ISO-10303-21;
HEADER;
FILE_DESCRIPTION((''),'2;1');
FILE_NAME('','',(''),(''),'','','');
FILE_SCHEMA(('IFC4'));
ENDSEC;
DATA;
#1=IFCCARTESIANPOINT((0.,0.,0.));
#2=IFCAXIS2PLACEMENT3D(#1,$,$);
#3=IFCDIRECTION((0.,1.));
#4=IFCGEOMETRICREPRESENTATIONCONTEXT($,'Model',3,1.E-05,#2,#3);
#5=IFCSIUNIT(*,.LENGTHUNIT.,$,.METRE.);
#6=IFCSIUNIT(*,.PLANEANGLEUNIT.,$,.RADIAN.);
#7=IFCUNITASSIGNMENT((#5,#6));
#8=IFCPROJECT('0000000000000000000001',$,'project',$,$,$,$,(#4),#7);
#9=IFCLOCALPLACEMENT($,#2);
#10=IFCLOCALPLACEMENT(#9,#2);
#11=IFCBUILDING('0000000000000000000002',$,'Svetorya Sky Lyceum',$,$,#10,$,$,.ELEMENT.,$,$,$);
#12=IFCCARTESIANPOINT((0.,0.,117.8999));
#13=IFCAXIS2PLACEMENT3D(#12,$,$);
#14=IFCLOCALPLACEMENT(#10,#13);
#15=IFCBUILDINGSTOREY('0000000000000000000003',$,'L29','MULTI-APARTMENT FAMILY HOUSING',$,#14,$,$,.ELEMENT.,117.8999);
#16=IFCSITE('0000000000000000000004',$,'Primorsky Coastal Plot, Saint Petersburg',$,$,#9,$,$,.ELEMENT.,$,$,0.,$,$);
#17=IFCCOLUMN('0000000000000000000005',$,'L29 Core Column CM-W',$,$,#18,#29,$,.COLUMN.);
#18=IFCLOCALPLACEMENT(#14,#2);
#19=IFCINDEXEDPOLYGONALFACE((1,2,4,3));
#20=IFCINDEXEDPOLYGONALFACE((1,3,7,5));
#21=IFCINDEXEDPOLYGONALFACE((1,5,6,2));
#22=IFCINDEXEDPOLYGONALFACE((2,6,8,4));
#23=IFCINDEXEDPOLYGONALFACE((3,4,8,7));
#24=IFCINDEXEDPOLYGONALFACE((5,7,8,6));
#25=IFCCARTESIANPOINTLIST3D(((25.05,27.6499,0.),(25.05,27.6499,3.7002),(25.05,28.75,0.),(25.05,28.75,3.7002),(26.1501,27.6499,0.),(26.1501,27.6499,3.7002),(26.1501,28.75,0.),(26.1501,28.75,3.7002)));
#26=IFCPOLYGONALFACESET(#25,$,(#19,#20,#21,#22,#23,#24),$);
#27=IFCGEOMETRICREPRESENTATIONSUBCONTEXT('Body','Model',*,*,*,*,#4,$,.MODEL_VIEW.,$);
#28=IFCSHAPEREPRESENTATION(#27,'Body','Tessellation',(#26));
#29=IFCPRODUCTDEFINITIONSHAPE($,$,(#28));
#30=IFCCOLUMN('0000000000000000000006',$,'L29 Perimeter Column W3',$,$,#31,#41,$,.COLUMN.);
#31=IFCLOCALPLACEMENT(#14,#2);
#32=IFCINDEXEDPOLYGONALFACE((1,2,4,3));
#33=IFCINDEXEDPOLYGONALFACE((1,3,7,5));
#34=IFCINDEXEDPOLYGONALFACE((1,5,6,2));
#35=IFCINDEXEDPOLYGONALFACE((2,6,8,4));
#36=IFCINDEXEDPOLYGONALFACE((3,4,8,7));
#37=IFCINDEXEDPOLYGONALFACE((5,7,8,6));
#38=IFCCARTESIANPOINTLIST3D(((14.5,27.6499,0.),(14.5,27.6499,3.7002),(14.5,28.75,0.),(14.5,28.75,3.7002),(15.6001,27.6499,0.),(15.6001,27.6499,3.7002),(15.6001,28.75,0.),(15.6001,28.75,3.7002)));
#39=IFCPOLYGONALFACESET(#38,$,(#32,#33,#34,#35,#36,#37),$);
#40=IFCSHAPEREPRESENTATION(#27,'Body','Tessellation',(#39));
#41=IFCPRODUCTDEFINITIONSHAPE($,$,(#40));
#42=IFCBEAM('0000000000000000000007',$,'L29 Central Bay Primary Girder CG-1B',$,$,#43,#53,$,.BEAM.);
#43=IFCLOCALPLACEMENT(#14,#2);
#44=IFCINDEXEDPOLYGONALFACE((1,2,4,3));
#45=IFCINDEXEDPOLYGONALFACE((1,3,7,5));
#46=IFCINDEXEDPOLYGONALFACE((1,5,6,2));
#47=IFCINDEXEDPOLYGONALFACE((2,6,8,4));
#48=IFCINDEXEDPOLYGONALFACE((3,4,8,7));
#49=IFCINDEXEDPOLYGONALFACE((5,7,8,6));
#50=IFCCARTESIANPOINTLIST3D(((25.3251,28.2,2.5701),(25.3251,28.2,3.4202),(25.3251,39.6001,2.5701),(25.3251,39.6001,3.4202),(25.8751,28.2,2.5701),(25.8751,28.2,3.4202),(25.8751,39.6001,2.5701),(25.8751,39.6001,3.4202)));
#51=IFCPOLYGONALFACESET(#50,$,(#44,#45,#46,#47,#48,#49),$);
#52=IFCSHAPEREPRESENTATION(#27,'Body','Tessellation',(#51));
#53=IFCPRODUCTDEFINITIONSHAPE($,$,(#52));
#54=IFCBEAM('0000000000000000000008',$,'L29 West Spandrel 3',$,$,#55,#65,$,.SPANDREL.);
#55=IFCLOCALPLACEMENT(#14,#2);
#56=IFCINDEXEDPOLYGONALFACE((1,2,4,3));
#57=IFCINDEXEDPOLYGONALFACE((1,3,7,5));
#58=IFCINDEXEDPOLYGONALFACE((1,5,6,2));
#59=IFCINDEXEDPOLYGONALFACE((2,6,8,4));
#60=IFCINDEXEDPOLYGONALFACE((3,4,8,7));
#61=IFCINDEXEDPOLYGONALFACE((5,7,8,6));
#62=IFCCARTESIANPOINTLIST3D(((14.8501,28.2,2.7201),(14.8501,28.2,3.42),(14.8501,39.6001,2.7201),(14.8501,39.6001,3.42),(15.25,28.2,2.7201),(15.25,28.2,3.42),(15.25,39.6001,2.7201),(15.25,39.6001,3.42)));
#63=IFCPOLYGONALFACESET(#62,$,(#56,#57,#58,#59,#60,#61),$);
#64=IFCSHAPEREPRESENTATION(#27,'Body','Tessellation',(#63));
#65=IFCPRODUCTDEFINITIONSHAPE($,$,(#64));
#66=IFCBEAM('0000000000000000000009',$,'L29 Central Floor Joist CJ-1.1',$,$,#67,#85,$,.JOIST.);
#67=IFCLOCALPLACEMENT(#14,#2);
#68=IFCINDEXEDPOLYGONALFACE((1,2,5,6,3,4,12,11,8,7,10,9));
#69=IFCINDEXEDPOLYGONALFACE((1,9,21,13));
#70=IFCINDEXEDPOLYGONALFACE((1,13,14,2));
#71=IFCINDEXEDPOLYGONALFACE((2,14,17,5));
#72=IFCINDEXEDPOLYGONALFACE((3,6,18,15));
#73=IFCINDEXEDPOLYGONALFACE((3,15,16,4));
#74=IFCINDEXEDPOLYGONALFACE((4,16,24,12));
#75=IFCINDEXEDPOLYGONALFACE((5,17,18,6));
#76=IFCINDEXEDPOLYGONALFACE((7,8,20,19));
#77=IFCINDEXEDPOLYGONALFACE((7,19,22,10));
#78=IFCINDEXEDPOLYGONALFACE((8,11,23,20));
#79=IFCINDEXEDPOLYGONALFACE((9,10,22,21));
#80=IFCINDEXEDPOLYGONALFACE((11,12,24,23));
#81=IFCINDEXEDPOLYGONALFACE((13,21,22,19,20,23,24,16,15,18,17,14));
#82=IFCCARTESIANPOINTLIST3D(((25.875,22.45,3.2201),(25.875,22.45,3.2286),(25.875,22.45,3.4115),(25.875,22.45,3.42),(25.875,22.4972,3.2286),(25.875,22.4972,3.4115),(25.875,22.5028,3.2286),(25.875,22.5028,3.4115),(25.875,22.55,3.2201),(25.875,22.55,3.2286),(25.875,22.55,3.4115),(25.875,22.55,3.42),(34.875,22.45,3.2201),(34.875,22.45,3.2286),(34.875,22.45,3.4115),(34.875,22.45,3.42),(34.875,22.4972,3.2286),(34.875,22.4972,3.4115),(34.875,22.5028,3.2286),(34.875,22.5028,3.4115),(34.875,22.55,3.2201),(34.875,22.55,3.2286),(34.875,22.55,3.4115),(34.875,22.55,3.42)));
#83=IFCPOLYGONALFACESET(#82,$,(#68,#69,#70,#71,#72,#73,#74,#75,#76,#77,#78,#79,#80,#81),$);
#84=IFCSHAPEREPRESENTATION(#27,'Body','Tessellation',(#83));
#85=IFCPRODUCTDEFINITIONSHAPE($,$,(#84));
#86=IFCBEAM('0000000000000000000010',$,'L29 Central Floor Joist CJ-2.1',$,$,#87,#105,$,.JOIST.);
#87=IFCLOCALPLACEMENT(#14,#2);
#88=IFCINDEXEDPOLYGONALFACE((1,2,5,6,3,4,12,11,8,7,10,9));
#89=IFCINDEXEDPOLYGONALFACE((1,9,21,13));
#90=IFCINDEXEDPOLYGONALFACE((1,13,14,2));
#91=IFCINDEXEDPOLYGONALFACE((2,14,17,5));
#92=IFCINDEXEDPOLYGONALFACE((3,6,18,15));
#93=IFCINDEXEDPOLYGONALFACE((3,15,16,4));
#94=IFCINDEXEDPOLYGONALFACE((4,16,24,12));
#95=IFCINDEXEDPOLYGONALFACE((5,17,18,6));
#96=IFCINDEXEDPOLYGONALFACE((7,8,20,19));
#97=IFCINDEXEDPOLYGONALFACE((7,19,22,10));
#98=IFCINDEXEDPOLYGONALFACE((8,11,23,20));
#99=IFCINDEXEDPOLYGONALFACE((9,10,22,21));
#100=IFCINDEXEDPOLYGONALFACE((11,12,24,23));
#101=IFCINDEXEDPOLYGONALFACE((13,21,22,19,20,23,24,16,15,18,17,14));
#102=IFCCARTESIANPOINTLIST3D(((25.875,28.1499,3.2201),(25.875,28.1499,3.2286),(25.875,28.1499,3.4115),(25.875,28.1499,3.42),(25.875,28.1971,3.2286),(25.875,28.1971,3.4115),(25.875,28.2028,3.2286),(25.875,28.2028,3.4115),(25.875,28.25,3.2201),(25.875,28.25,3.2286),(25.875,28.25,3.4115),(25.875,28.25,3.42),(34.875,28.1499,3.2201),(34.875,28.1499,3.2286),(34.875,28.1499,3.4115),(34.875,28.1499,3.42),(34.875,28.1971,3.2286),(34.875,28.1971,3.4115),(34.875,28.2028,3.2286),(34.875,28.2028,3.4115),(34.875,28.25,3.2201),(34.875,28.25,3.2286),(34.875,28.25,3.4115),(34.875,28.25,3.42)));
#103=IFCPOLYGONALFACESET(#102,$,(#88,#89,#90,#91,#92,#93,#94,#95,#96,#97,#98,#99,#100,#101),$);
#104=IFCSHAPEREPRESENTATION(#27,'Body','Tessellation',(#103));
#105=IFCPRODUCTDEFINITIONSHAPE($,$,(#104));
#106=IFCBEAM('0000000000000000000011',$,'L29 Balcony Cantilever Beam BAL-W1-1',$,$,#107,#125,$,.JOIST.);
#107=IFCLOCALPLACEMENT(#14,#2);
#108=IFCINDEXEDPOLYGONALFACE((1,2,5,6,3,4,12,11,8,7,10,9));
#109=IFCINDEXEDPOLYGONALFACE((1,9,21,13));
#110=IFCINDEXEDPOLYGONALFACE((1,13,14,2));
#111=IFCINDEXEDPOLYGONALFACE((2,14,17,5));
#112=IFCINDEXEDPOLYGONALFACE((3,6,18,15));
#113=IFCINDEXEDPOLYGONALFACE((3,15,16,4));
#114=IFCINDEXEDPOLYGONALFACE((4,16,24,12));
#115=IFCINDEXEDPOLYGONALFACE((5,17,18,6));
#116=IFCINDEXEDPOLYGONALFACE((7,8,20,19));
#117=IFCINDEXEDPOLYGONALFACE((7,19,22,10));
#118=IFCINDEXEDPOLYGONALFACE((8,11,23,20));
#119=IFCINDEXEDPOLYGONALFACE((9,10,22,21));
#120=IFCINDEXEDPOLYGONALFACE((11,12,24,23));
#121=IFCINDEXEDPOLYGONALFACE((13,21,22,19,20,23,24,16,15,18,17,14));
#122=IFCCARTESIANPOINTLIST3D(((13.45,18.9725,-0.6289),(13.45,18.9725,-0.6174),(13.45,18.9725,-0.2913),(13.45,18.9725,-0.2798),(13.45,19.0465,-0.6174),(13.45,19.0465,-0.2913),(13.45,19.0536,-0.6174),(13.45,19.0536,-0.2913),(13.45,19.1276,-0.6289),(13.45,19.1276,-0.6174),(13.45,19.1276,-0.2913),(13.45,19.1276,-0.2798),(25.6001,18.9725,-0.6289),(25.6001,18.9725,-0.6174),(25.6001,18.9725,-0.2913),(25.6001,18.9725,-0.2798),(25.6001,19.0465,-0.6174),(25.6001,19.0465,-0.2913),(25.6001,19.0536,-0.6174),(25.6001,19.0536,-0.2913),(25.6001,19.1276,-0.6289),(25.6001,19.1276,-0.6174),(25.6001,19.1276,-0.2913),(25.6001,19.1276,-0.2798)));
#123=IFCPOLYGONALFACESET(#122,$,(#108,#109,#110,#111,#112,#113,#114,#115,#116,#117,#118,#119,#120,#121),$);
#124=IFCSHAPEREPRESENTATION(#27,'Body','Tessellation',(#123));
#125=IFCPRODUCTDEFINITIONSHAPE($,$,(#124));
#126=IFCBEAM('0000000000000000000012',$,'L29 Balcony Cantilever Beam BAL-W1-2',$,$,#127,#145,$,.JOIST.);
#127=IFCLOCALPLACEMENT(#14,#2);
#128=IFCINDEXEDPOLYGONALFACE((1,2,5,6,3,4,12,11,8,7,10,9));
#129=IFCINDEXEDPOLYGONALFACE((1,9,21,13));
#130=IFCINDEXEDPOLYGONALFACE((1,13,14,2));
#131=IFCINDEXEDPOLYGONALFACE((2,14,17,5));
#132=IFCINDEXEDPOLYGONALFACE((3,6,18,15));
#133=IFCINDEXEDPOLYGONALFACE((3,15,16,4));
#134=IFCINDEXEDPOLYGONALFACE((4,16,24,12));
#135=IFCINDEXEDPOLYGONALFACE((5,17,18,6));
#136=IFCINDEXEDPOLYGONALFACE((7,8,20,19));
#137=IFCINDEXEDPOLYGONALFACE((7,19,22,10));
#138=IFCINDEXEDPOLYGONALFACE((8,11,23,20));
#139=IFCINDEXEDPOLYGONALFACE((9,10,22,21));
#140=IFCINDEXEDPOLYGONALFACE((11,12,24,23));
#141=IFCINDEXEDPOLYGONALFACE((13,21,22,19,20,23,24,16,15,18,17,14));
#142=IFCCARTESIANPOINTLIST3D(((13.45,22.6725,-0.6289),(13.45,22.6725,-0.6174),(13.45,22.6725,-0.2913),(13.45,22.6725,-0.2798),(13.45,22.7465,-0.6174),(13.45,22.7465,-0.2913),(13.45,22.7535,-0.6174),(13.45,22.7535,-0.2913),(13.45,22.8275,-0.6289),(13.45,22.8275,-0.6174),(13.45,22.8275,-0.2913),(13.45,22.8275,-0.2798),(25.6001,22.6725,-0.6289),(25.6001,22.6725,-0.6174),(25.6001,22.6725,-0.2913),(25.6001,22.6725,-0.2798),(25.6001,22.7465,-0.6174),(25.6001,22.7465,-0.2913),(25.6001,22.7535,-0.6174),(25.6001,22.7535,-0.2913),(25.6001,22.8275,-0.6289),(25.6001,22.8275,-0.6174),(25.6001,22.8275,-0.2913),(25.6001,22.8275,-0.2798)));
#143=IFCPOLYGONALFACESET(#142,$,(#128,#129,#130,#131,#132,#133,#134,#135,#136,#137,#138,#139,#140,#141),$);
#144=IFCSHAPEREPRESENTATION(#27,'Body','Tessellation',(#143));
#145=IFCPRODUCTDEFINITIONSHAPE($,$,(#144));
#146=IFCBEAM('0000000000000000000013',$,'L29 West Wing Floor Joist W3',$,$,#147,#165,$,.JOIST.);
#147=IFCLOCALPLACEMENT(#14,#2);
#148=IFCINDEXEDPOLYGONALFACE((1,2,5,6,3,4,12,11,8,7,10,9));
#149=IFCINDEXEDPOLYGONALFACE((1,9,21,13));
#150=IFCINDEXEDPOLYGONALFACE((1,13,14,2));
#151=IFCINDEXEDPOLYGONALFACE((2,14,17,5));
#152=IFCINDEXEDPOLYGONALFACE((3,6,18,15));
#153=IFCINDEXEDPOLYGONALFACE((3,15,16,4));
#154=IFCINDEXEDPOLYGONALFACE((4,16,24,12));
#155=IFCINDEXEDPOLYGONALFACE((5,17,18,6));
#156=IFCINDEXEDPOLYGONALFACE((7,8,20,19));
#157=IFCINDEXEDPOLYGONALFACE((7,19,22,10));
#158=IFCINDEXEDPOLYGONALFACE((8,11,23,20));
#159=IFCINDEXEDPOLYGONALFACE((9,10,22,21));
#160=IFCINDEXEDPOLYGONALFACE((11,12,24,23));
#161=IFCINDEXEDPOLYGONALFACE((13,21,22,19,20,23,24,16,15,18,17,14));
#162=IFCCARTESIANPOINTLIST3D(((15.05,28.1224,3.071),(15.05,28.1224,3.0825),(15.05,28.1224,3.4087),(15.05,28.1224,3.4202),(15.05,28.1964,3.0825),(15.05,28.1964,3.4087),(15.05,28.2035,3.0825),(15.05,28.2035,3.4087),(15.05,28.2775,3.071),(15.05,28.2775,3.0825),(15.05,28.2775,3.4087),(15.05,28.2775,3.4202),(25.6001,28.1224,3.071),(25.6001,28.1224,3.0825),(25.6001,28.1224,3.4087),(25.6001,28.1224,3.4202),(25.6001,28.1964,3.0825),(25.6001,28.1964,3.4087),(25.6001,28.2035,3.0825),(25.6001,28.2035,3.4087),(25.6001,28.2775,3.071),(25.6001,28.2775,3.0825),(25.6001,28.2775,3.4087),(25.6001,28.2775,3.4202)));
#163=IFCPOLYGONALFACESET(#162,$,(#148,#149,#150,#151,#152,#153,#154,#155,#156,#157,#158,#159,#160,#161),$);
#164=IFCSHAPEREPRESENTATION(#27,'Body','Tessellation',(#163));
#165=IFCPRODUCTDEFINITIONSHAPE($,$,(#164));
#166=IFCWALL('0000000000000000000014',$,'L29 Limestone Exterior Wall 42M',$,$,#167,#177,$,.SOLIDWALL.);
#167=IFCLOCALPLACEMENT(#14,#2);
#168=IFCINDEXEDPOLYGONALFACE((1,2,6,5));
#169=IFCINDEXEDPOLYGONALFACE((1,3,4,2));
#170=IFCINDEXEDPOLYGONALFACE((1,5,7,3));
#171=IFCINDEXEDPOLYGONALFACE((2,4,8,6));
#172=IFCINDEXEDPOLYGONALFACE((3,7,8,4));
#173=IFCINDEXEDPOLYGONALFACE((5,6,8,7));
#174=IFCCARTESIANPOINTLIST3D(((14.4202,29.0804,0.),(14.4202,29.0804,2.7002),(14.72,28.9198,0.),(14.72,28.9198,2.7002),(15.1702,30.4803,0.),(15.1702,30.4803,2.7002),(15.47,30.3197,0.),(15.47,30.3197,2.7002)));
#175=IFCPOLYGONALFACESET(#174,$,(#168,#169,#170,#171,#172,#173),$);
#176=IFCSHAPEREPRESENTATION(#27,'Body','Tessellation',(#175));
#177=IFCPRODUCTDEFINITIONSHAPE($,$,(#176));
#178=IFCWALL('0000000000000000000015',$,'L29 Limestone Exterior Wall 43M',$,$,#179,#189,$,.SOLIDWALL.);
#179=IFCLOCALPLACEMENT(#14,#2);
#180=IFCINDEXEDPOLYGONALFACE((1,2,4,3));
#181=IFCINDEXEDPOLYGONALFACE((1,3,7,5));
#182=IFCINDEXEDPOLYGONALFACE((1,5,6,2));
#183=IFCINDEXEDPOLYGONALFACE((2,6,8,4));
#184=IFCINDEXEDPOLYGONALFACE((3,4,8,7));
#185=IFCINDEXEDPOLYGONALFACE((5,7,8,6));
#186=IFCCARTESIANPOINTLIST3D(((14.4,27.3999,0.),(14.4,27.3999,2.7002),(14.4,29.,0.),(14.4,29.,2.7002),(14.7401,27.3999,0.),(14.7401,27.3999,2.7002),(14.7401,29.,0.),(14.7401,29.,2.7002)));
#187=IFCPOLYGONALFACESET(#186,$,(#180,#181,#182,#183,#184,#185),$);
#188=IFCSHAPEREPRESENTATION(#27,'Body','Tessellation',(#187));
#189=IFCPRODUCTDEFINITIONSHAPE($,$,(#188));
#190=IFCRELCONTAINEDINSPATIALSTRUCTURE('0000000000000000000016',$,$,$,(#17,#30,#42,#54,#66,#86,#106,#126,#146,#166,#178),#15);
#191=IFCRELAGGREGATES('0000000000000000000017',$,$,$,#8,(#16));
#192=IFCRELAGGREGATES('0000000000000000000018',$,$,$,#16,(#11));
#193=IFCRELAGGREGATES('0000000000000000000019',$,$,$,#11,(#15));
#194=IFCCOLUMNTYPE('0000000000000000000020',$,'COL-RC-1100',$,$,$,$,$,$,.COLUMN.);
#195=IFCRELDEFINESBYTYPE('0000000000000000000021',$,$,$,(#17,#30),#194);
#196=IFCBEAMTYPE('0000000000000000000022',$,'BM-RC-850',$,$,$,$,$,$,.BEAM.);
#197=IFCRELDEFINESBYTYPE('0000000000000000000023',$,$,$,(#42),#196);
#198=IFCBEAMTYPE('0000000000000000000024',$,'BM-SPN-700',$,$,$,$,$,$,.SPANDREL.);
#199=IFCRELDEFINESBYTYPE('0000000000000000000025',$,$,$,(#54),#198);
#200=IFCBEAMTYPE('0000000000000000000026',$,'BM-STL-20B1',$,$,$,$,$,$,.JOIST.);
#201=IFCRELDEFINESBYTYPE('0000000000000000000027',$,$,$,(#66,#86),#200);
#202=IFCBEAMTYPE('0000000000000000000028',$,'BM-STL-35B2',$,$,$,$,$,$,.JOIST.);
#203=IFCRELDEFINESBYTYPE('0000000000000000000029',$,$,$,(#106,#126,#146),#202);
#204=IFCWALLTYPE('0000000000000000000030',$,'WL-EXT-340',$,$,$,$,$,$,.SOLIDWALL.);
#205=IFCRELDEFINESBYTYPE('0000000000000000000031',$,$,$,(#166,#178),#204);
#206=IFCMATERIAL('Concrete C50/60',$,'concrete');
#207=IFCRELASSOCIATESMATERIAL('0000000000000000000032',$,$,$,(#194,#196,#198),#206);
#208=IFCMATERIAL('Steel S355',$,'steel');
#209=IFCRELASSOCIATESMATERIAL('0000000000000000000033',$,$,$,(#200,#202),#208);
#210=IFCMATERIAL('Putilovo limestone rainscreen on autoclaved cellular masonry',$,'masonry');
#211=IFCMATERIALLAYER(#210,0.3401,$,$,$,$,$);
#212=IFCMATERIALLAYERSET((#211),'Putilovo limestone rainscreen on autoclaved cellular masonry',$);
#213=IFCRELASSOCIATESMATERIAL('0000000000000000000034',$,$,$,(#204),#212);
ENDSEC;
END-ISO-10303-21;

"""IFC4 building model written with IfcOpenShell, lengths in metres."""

from ifc_helpers import new_model, si_unit, direction, frame, frame_2d, origin, origin_2d, place, context, subcontext, project, spatial, rectangle, i_section, extrude, material, layer, layer_set, material_profile, profile_set, type_object, element, save


model = new_model("IFC4")

# Units and contexts
model_context = context("Model", 3, precision=1e-05, world=origin(), true_north=direction((0.0, 1.0)))
body_context = subcontext(model_context, "Body", "Model", "MODEL_VIEW")
ifc_project = project(units=[si_unit("LENGTHUNIT", "METRE"), si_unit("PLANEANGLEUNIT", "RADIAN")], contexts=[model_context])

# Site, building, storey
site_placement = place(None, origin())
site = spatial("IfcSite", under=ifc_project, at=site_placement, Name="Primorsky Coastal Plot, Saint Petersburg", CompositionType="ELEMENT", RefElevation=0.0)
building_placement = place(site_placement, origin())
building = spatial("IfcBuilding", under=site, at=building_placement, Name="Svetorya Sky Lyceum", CompositionType="ELEMENT")
storey_placement = place(building_placement, frame((0.0, 0.0, 117.8999)))
storey = spatial("IfcBuildingStorey", under=building, at=storey_placement, Name="L29", Description="MULTI-APARTMENT FAMILY HOUSING", CompositionType="ELEMENT", Elevation=117.8999)

# Columns
ifc_material_1 = material(Name="Concrete C50/60", Category="concrete")
ifc_material_profile_1 = material_profile(ifc_material_1, rectangle(XDim=1.1001, YDim=1.1001, at=origin_2d()), Name="RC COL 1100x1100")
ifc_profile_set_1 = profile_set([ifc_material_profile_1], Name="Concrete C50/60")
column_type = type_object("IfcColumnType", Name="COL-RC-1100", PredefinedType="COLUMN", material=ifc_profile_set_1)
for number, where, z_axis, x_axis, name in (
    (1, (25.6001, 28.2, 0.0), (0.0, 0.0, 1.0), (1.0, 0.0, 0.0), "L29 Core Column CM-W"),
    (2, (15.05, 28.2, 0.0), (0.0, 0.0, 1.0), (1.0, 0.0, 0.0), "L29 Perimeter Column W3"),
):
    element("IfcColumn", number, at=place(storey_placement, frame(where, z_axis=z_axis, x_axis=x_axis)), inside=storey, type_object=column_type, Name=name, PredefinedType="COLUMN", context=body_context, shape_type="SweptSolid", body=[
        extrude(rectangle(XDim=1.1001, YDim=1.1001, at=origin_2d()), origin(), (0.0, 0.0, 1.0), 3.7002),
    ])

# Beams
ifc_material_profile_2 = material_profile(ifc_material_1, rectangle(XDim=0.55, YDim=0.8501, at=origin_2d()), Name="RC BEAM 550x850")
ifc_profile_set_2 = profile_set([ifc_material_profile_2], Name="Concrete C50/60")
beam_type_1 = type_object("IfcBeamType", Name="BM-RC-850", PredefinedType="BEAM", material=ifc_profile_set_2)
beam_1_placement = place(storey_placement, frame((25.6001, 28.2, 2.9951), z_axis=(0.0, 1.0, 0.0), x_axis=(-1.0, 0.0, 0.0)))
element("IfcBeam", 3, at=beam_1_placement, inside=storey, type_object=beam_type_1, Name="L29 Central Bay Primary Girder CG-1B", PredefinedType="BEAM", context=body_context, shape_type="SweptSolid", body=[
    extrude(rectangle(XDim=0.55, YDim=0.8501, at=origin_2d()), origin(), (0.0, 0.0, 1.0), 11.4001),
])
ifc_material_profile_3 = material_profile(ifc_material_1, rectangle(XDim=0.3999, YDim=0.7, at=origin_2d()), Name="RC SPANDREL 400x700")
ifc_profile_set_3 = profile_set([ifc_material_profile_3], Name="Concrete C50/60")
beam_type_2 = type_object("IfcBeamType", Name="BM-SPN-700", PredefinedType="SPANDREL", material=ifc_profile_set_3)
beam_2_placement = place(storey_placement, frame((15.05, 28.2, 3.0701), z_axis=(0.0, 1.0, 0.0), x_axis=(-1.0, 0.0, 0.0)))
element("IfcBeam", 4, at=beam_2_placement, inside=storey, type_object=beam_type_2, Name="L29 West Spandrel 3", PredefinedType="SPANDREL", context=body_context, shape_type="SweptSolid", body=[
    extrude(rectangle(XDim=0.3999, YDim=0.7, at=origin_2d()), origin(), (0.0, 0.0, 1.0), 11.4001),
])
ifc_material_2 = material(Name="Steel S355", Category="steel")
ifc_material_profile_4 = material_profile(ifc_material_2, i_section(OverallWidth=0.1001, OverallDepth=0.2, WebThickness=0.0056, FlangeThickness=0.0085, at=origin_2d()), Name="GOST 20B1")
ifc_profile_set_4 = profile_set([ifc_material_profile_4], Name="Steel S355")
beam_type_3 = type_object("IfcBeamType", Name="BM-STL-20B1", PredefinedType="JOIST", material=ifc_profile_set_4)
for number, where, z_axis, x_axis, name in (
    (5, (25.875, 22.5, 3.3201), (1.0, 0.0, 0.0), (0.0, 1.0, 0.0), "L29 Central Floor Joist CJ-1.1"),
    (6, (25.875, 28.2, 3.3201), (1.0, 0.0, 0.0), (0.0, 1.0, 0.0), "L29 Central Floor Joist CJ-2.1"),
):
    element("IfcBeam", number, at=place(storey_placement, frame(where, z_axis=z_axis, x_axis=x_axis)), inside=storey, type_object=beam_type_3, Name=name, PredefinedType="JOIST", context=body_context, shape_type="SweptSolid", body=[
        extrude(i_section(OverallWidth=0.1001, OverallDepth=0.2, WebThickness=0.0056, FlangeThickness=0.0085, at=origin_2d()), origin(), (0.0, 0.0, 1.0), 9.0),
    ])
ifc_material_profile_5 = material_profile(ifc_material_2, i_section(OverallWidth=0.155, OverallDepth=0.3491, WebThickness=0.0071, FlangeThickness=0.0115, at=origin_2d()), Name="GOST 35B2")
ifc_profile_set_5 = profile_set([ifc_material_profile_5], Name="Steel S355")
beam_type_4 = type_object("IfcBeamType", Name="BM-STL-35B2", PredefinedType="JOIST", material=ifc_profile_set_5)
for number, where, z_axis, x_axis, name in (
    (7, (25.6001, 19.05, -0.4543), (-1.0, 0.0, 0.0), (0.0, -1.0, 0.0), "L29 Balcony Cantilever Beam BAL-W1-1"),
    (8, (25.6001, 22.75, -0.4543), (-1.0, 0.0, 0.0), (0.0, -1.0, 0.0), "L29 Balcony Cantilever Beam BAL-W1-2"),
):
    element("IfcBeam", number, at=place(storey_placement, frame(where, z_axis=z_axis, x_axis=x_axis)), inside=storey, type_object=beam_type_4, Name=name, PredefinedType="JOIST", context=body_context, shape_type="SweptSolid", body=[
        extrude(i_section(OverallWidth=0.155, OverallDepth=0.3491, WebThickness=0.0071, FlangeThickness=0.0115, at=origin_2d()), origin(), (0.0, 0.0, 1.0), 12.1501),
    ])
beam_3_placement = place(storey_placement, frame((15.05, 28.2, 3.2456), z_axis=(1.0, 0.0, 0.0), x_axis=(0.0, 1.0, 0.0)))
element("IfcBeam", 9, at=beam_3_placement, inside=storey, type_object=beam_type_4, Name="L29 West Wing Floor Joist W3", PredefinedType="JOIST", context=body_context, shape_type="SweptSolid", body=[
    extrude(i_section(OverallWidth=0.155, OverallDepth=0.3491, WebThickness=0.0071, FlangeThickness=0.0115, at=origin_2d()), origin(), (0.0, 0.0, 1.0), 10.55),
])

# Walls
ifc_material_3 = material(Name="Putilovo limestone rainscreen on autoclaved cellular masonry", Category="masonry")
ifc_layer_1 = layer(ifc_material_3, 0.3401)
ifc_layer_set_1 = layer_set([ifc_layer_1], Name="Putilovo limestone rainscreen on autoclaved cellular masonry")
wall_type_1 = type_object("IfcWallType", Name="WL-EXT-340", PredefinedType="SOLIDWALL", material=ifc_layer_set_1)
wall_1_placement = place(storey_placement, frame((15.3201, 30.3999, 0.0), z_axis=(0.0, 0.0, 1.0), x_axis=(-0.472247, -0.881466, 0.0)))
element("IfcWall", 10, at=wall_1_placement, inside=storey, type_object=wall_type_1, Name="L29 Limestone Exterior Wall 42M", PredefinedType="SOLIDWALL", context=body_context, shape_type="SweptSolid", body=[
    extrude(rectangle(XDim=1.5881, YDim=0.3401, at=frame_2d((0.7939, 0.0))), origin(), (0.0, 0.0, 1.0), 2.7002),
])
wall_2_placement = place(storey_placement, frame((14.5701, 29.0, 0.0), z_axis=(0.0, 0.0, 1.0), x_axis=(0.0, -1.0, 0.0)))
element("IfcWall", 11, at=wall_2_placement, inside=storey, type_object=wall_type_1, Name="L29 Limestone Exterior Wall 43M", PredefinedType="SOLIDWALL", context=body_context, shape_type="SweptSolid", body=[
    extrude(rectangle(XDim=1.6001, YDim=0.3401, at=frame_2d((0.8, 0.0))), origin(), (0.0, 0.0, 1.0), 2.7002),
])

save(model, "model.ifc")
